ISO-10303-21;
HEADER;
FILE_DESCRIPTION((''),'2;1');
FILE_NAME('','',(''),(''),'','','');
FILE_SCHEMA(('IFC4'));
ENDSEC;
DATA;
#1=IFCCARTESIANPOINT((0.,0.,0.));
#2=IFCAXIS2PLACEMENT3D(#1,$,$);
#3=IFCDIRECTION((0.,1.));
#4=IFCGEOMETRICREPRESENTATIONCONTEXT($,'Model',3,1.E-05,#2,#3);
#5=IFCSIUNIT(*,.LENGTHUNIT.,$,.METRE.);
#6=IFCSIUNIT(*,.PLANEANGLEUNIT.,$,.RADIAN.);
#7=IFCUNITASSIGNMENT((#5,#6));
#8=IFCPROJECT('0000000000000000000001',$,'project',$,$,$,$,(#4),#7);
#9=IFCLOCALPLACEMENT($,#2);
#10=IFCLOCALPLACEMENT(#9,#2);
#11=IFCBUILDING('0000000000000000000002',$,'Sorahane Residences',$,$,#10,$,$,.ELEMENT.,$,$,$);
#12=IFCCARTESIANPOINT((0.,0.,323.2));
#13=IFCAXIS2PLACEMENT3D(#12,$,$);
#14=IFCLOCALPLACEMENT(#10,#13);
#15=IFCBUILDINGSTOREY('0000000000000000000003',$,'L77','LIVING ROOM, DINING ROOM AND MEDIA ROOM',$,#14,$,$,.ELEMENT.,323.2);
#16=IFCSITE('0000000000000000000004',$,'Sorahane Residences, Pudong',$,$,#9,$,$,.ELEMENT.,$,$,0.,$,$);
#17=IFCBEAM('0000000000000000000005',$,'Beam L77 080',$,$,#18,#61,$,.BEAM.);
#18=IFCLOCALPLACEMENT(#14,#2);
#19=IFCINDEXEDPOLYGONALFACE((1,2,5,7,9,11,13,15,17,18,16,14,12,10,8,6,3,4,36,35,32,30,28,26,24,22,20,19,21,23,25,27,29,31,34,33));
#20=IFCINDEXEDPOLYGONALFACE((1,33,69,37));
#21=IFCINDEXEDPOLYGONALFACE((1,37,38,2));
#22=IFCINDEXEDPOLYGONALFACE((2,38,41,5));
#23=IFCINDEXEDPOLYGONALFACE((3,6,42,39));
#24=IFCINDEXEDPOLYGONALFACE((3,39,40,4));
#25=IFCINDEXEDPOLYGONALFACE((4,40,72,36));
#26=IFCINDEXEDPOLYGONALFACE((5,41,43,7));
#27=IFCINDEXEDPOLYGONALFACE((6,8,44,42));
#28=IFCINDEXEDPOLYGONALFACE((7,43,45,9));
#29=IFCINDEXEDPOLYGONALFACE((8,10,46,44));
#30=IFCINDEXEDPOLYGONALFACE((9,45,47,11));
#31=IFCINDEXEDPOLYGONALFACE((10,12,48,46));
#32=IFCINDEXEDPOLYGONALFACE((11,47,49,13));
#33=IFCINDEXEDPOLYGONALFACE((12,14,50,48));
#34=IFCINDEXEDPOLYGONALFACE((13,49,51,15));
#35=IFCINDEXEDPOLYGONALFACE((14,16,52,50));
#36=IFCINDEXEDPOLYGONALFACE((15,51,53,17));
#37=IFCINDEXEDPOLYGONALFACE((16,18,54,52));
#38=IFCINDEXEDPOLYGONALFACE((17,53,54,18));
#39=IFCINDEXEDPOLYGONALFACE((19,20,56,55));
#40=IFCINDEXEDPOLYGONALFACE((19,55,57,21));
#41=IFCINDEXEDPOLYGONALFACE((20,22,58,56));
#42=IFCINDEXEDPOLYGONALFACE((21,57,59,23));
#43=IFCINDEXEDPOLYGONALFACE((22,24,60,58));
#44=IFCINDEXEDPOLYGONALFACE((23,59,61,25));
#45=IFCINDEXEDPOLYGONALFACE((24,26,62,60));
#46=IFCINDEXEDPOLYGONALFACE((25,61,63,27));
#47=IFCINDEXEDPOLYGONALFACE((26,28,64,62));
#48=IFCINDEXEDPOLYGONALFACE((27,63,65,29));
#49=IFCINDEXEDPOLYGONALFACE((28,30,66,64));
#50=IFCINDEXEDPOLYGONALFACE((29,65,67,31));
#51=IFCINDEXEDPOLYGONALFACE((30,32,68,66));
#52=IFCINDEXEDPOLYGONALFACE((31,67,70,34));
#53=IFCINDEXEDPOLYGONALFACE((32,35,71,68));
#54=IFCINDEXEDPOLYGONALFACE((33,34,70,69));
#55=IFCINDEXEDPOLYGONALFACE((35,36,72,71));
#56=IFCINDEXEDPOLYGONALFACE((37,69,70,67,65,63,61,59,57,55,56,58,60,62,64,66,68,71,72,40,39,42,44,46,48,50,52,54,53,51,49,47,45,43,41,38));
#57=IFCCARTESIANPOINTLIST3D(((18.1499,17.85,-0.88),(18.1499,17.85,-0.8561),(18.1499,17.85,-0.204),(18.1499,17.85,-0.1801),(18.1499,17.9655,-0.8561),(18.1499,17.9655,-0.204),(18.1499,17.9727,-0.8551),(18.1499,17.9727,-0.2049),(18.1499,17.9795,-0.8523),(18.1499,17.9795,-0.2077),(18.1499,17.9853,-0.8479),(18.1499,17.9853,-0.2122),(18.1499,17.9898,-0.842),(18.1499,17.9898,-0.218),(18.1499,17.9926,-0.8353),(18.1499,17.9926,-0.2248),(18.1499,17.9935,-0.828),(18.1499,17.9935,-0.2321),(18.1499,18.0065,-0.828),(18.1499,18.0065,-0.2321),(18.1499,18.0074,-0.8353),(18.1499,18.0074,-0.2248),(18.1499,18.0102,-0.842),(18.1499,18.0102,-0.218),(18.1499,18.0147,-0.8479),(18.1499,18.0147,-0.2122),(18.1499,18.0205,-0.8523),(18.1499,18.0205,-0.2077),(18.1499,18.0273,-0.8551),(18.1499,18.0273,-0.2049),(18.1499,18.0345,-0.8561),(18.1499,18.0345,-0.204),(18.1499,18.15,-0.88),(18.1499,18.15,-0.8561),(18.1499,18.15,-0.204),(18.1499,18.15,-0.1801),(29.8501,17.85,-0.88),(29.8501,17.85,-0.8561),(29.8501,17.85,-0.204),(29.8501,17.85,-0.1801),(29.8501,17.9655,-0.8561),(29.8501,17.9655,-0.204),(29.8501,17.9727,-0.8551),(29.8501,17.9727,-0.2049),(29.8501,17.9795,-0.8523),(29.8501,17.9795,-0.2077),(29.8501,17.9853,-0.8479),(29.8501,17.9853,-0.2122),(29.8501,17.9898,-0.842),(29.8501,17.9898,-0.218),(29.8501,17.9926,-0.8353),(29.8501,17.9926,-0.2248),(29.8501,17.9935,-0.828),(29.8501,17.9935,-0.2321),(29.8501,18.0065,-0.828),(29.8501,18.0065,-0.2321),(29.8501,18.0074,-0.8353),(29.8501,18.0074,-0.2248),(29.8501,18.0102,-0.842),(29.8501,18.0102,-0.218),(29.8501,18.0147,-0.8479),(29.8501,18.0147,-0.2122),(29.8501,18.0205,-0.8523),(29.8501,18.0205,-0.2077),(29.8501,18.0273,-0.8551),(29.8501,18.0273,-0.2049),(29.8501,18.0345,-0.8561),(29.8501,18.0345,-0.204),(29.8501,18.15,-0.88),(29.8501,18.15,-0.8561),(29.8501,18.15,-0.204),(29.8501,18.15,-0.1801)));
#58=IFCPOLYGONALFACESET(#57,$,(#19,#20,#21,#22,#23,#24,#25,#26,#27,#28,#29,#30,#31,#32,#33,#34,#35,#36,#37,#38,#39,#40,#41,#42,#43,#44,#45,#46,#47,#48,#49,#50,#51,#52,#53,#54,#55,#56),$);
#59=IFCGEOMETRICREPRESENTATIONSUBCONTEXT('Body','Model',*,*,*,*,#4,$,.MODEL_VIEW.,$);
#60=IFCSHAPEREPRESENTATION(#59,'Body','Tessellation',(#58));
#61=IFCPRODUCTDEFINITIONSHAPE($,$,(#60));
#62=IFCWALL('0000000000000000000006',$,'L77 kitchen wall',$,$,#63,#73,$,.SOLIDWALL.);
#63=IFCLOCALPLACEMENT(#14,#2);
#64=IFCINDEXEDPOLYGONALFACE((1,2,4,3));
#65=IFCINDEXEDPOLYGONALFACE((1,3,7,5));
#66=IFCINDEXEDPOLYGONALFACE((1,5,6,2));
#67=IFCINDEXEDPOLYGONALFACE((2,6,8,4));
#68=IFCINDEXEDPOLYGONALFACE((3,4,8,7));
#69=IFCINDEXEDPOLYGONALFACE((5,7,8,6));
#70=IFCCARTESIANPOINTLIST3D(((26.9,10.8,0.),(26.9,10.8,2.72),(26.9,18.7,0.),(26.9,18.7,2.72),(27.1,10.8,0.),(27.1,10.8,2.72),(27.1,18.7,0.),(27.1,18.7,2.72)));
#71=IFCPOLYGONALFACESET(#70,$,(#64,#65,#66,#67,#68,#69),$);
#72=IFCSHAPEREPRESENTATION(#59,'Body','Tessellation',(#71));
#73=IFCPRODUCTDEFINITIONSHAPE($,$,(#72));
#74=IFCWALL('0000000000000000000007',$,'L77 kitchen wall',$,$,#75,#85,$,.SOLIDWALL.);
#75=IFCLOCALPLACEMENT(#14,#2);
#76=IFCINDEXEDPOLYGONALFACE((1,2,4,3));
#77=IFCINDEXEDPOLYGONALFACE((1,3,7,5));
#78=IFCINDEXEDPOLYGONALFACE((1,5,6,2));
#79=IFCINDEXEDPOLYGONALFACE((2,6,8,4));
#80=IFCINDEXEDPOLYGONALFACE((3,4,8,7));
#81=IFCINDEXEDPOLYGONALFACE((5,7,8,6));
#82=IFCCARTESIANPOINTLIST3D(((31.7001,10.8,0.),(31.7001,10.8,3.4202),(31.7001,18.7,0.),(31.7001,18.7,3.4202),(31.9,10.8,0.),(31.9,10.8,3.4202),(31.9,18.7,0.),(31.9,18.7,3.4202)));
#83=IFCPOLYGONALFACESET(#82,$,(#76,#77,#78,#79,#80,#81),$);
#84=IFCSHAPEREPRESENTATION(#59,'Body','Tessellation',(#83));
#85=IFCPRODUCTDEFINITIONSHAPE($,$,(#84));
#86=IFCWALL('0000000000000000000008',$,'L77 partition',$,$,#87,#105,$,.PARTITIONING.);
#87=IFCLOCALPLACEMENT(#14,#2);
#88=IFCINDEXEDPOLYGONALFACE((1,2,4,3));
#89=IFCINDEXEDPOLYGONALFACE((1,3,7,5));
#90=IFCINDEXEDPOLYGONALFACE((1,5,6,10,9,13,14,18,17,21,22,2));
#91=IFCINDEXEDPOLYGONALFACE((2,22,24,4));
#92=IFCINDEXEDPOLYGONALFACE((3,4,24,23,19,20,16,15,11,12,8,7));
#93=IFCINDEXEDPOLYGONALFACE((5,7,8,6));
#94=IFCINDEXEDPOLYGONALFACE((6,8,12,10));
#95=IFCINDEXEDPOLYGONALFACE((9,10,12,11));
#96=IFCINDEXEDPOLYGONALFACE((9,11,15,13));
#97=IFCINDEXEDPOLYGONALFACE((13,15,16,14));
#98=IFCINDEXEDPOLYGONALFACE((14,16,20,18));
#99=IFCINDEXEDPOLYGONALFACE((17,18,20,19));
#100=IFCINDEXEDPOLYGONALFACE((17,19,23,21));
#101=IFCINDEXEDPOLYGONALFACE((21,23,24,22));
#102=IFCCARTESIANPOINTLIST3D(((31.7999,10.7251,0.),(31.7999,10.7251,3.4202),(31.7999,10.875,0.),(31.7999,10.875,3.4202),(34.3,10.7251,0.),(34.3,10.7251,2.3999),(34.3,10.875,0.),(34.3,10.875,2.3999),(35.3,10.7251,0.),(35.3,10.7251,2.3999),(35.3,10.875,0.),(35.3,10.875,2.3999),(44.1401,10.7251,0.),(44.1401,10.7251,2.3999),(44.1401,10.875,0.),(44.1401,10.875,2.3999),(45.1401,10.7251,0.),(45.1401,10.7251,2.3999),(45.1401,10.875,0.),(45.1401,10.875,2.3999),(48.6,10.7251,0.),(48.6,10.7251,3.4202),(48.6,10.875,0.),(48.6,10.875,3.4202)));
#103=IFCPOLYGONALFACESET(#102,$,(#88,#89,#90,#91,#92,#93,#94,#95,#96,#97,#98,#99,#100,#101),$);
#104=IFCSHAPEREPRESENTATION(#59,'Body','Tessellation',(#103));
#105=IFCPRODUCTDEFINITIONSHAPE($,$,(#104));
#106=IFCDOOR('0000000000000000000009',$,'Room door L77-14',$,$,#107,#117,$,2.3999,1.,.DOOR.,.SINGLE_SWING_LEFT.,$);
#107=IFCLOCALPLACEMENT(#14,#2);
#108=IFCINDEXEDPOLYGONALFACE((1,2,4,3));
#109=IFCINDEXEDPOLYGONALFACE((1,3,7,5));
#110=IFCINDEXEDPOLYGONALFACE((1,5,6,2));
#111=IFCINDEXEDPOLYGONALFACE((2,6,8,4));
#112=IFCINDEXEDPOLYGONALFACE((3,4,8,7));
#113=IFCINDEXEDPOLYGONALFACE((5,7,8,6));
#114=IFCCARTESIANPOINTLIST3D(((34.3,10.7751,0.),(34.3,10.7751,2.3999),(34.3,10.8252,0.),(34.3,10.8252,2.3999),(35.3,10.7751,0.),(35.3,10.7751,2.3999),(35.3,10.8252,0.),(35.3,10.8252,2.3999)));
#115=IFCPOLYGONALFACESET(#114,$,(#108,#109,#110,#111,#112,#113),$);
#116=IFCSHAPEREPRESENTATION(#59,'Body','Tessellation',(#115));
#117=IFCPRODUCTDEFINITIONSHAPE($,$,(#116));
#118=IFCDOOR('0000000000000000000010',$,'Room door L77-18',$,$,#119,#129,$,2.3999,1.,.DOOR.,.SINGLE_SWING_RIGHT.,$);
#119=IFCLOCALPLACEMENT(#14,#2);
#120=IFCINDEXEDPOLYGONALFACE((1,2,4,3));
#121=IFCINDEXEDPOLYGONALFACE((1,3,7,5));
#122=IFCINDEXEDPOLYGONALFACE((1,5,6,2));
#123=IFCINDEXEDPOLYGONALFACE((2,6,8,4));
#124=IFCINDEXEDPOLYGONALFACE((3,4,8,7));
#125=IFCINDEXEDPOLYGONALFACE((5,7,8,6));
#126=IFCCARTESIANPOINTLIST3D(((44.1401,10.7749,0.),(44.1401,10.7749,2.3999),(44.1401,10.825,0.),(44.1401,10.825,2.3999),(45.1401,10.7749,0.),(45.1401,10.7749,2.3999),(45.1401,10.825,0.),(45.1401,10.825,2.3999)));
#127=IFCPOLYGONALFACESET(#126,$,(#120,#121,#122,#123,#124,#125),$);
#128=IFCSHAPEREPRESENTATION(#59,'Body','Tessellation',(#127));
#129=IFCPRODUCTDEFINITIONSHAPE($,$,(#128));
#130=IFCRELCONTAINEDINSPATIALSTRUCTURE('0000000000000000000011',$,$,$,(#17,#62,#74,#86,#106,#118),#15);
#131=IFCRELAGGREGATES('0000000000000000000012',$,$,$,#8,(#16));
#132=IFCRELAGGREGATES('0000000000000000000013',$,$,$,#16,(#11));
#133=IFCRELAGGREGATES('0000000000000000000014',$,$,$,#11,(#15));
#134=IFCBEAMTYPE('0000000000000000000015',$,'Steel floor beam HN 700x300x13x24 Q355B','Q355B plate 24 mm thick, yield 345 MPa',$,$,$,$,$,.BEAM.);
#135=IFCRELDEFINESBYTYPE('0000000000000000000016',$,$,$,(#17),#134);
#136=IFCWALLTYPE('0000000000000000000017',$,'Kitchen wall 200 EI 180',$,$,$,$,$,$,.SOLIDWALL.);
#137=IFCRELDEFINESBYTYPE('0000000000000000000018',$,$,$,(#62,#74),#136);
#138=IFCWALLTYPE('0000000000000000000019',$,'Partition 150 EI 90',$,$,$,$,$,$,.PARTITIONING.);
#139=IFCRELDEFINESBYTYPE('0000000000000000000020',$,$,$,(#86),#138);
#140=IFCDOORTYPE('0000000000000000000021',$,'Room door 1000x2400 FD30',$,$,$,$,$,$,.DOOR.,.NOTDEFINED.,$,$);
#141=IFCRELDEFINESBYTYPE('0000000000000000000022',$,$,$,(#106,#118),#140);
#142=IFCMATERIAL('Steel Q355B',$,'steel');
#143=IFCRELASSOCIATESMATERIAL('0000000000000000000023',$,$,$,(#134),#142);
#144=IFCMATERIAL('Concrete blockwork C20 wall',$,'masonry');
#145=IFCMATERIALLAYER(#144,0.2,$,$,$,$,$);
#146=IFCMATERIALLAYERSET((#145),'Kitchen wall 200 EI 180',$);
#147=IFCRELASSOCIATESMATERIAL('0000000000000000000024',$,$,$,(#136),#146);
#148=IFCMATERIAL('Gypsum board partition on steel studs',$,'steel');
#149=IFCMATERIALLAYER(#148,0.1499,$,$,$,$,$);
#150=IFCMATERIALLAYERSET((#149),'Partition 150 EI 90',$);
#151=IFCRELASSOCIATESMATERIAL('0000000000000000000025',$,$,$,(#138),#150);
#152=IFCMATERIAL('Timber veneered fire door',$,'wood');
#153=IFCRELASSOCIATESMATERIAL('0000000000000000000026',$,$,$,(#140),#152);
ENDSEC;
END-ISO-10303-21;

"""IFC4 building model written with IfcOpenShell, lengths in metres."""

from ifc_helpers import new_model, si_unit, direction, frame, frame_2d, origin, origin_2d, place, context, subcontext, project, spatial, rectangle, i_section, extrude, material, layer, layer_set, material_profile, profile_set, type_object, element, fill, save


model = new_model("IFC4")

# Units and contexts
model_context = context("Model", 3, precision=1e-05, world=origin(), true_north=direction((0.0, 1.0)))
body_context = subcontext(model_context, "Body", "Model", "MODEL_VIEW")
ifc_project = project(units=[si_unit("LENGTHUNIT", "METRE"), si_unit("PLANEANGLEUNIT", "RADIAN")], contexts=[model_context])

# Site, building, storey
site_placement = place(None, origin())
site = spatial("IfcSite", under=ifc_project, at=site_placement, Name="Sorahane Residences, Pudong", CompositionType="ELEMENT", RefElevation=0.0)
building_placement = place(site_placement, origin())
building = spatial("IfcBuilding", under=site, at=building_placement, Name="Sorahane Residences", CompositionType="ELEMENT")
storey_placement = place(building_placement, frame((0.0, 0.0, 323.2)))
storey = spatial("IfcBuildingStorey", under=building, at=storey_placement, Name="L77", Description="LIVING ROOM, DINING ROOM AND MEDIA ROOM", CompositionType="ELEMENT", Elevation=323.2)

# Beam
ifc_material_1 = material(Name="Steel Q355B", Category="steel")
ifc_material_profile_1 = material_profile(ifc_material_1, i_section(OverallWidth=0.3, OverallDepth=0.7, WebThickness=0.0129, FlangeThickness=0.0239, FilletRadius=0.0281, at=origin_2d()), Name="HN 700x300x13x24")
ifc_profile_set_1 = profile_set([ifc_material_profile_1], Name="Steel Q355B")
beam_type = type_object("IfcBeamType", Name="Steel floor beam HN 700x300x13x24 Q355B", Description="Q355B plate 24 mm thick, yield 345 MPa", PredefinedType="BEAM", material=ifc_profile_set_1)
beam_1_placement = place(storey_placement, frame((18.1499, 18.0, -0.53), z_axis=(1.0, 0.0, 0.0), x_axis=(0.0, 1.0, 0.0)))
element("IfcBeam", 1, at=beam_1_placement, inside=storey, type_object=beam_type, Name="Beam L77 080", PredefinedType="BEAM", context=body_context, shape_type="SweptSolid", body=[
    extrude(i_section(OverallWidth=0.3, OverallDepth=0.7, WebThickness=0.0129, FlangeThickness=0.0239, FilletRadius=0.0281, at=origin_2d()), origin(), (0.0, 0.0, 1.0), 11.7002),
])

# Walls
ifc_material_2 = material(Name="Concrete blockwork C20 wall", Category="masonry")
ifc_layer_1 = layer(ifc_material_2, 0.2)
ifc_layer_set_1 = layer_set([ifc_layer_1], Name="Kitchen wall 200 EI 180")
wall_type_1 = type_object("IfcWallType", Name="Kitchen wall 200 EI 180", PredefinedType="SOLIDWALL", material=ifc_layer_set_1)
wall_1_placement = place(storey_placement, frame((27.0, 10.8, 0.0), z_axis=(0.0, 0.0, 1.0), x_axis=(0.0, 1.0, 0.0)))
element("IfcWall", 2, at=wall_1_placement, inside=storey, type_object=wall_type_1, Name="L77 kitchen wall", PredefinedType="SOLIDWALL", context=body_context, shape_type="SweptSolid", body=[
    extrude(rectangle(XDim=7.8999, YDim=0.2, at=frame_2d((3.95, 0.0))), origin(), (0.0, 0.0, 1.0), 2.72),
])
wall_2_placement = place(storey_placement, frame((31.8, 10.8, 0.0), z_axis=(0.0, 0.0, 1.0), x_axis=(0.0, 1.0, 0.0)))
element("IfcWall", 3, at=wall_2_placement, inside=storey, type_object=wall_type_1, Name="L77 kitchen wall", PredefinedType="SOLIDWALL", context=body_context, shape_type="SweptSolid", body=[
    extrude(rectangle(XDim=7.8999, YDim=0.2, at=frame_2d((3.95, 0.0))), origin(), (0.0, 0.0, 1.0), 3.4202),
])

# Wall, openings, doors
ifc_material_3 = material(Name="Gypsum board partition on steel studs", Category="steel")
ifc_layer_2 = layer(ifc_material_3, 0.1499)
ifc_layer_set_2 = layer_set([ifc_layer_2], Name="Partition 150 EI 90")
wall_type_2 = type_object("IfcWallType", Name="Partition 150 EI 90", PredefinedType="PARTITIONING", material=ifc_layer_set_2)
wall_3_placement = place(storey_placement, frame((31.8, 10.8, 0.0), z_axis=(0.0, 0.0, 1.0), x_axis=(1.0, 0.0, 0.0)))
wall_3 = element("IfcWall", 4, at=wall_3_placement, inside=storey, type_object=wall_type_2, Name="L77 partition", PredefinedType="PARTITIONING", context=body_context, shape_type="SweptSolid", body=[
    extrude(rectangle(XDim=16.8, YDim=0.1499, at=frame_2d((8.3999, 0.0))), origin(), (0.0, 0.0, 1.0), 3.4202),
])
opening_1_placement = place(wall_3_placement, frame((2.5, 0.0, 0.0)))
opening_1 = element("IfcOpeningElement", 5, at=opening_1_placement, cuts=wall_3, PredefinedType="OPENING", context=body_context, shape_type="SweptSolid", body=[
    extrude(rectangle(XDim=1.0, YDim=2.3999, at=frame_2d((0.5, 1.2))), frame((0.0, 0.085, 0.0), z_axis=(0.0, -1.0, 0.0), x_axis=(1.0, 0.0, 0.0)), (0.0, 0.0, 1.0), 0.1699),
])
opening_2_placement = place(wall_3_placement, frame((12.3401, 0.0, 0.0)))
opening_2 = element("IfcOpeningElement", 6, at=opening_2_placement, cuts=wall_3, PredefinedType="OPENING", context=body_context, shape_type="SweptSolid", body=[
    extrude(rectangle(XDim=1.0, YDim=2.3999, at=frame_2d((0.5, 1.2))), frame((0.0, 0.085, 0.0), z_axis=(0.0, -1.0, 0.0), x_axis=(1.0, 0.0, 0.0)), (0.0, 0.0, 1.0), 0.1699),
])
ifc_material_4 = material(Name="Timber veneered fire door", Category="wood")
door_type_1 = type_object("IfcDoorType", Name="Room door 1000x2400 FD30", OperationType="NOTDEFINED", PredefinedType="DOOR", material=ifc_material_4)
door_1_placement = place(opening_1_placement, frame((1.0, 0.0, 0.0), z_axis=(0.0, 0.0, 1.0), x_axis=(-1.0, 0.0, 0.0)))
door_1 = element("IfcDoor", 7, at=door_1_placement, inside=storey, type_object=door_type_1, Name="Room door L77-14", OperationType="SINGLE_SWING_LEFT", OverallHeight=2.3999, OverallWidth=1.0, PredefinedType="DOOR", context=body_context, shape_type="SweptSolid", body=[
    extrude(rectangle(XDim=1.0, YDim=2.3999, at=frame_2d((0.5, 1.2))), frame((0.0, 0.0249, 0.0), z_axis=(0.0, -1.0, 0.0), x_axis=(1.0, 0.0, 0.0)), (0.0, 0.0, 1.0), 0.05),
])
fill(opening_1, door_1)
door_2_placement = place(opening_2_placement, origin())
door_2 = element("IfcDoor", 8, at=door_2_placement, inside=storey, type_object=door_type_1, Name="Room door L77-18", OperationType="SINGLE_SWING_RIGHT", OverallHeight=2.3999, OverallWidth=1.0, PredefinedType="DOOR", context=body_context, shape_type="SweptSolid", body=[
    extrude(rectangle(XDim=1.0, YDim=2.3999, at=frame_2d((0.5, 1.2))), frame((0.0, 0.0249, 0.0), z_axis=(0.0, -1.0, 0.0), x_axis=(1.0, 0.0, 0.0)), (0.0, 0.0, 1.0), 0.05),
])
fill(opening_2, door_2)

save(model, "model.ifc")
